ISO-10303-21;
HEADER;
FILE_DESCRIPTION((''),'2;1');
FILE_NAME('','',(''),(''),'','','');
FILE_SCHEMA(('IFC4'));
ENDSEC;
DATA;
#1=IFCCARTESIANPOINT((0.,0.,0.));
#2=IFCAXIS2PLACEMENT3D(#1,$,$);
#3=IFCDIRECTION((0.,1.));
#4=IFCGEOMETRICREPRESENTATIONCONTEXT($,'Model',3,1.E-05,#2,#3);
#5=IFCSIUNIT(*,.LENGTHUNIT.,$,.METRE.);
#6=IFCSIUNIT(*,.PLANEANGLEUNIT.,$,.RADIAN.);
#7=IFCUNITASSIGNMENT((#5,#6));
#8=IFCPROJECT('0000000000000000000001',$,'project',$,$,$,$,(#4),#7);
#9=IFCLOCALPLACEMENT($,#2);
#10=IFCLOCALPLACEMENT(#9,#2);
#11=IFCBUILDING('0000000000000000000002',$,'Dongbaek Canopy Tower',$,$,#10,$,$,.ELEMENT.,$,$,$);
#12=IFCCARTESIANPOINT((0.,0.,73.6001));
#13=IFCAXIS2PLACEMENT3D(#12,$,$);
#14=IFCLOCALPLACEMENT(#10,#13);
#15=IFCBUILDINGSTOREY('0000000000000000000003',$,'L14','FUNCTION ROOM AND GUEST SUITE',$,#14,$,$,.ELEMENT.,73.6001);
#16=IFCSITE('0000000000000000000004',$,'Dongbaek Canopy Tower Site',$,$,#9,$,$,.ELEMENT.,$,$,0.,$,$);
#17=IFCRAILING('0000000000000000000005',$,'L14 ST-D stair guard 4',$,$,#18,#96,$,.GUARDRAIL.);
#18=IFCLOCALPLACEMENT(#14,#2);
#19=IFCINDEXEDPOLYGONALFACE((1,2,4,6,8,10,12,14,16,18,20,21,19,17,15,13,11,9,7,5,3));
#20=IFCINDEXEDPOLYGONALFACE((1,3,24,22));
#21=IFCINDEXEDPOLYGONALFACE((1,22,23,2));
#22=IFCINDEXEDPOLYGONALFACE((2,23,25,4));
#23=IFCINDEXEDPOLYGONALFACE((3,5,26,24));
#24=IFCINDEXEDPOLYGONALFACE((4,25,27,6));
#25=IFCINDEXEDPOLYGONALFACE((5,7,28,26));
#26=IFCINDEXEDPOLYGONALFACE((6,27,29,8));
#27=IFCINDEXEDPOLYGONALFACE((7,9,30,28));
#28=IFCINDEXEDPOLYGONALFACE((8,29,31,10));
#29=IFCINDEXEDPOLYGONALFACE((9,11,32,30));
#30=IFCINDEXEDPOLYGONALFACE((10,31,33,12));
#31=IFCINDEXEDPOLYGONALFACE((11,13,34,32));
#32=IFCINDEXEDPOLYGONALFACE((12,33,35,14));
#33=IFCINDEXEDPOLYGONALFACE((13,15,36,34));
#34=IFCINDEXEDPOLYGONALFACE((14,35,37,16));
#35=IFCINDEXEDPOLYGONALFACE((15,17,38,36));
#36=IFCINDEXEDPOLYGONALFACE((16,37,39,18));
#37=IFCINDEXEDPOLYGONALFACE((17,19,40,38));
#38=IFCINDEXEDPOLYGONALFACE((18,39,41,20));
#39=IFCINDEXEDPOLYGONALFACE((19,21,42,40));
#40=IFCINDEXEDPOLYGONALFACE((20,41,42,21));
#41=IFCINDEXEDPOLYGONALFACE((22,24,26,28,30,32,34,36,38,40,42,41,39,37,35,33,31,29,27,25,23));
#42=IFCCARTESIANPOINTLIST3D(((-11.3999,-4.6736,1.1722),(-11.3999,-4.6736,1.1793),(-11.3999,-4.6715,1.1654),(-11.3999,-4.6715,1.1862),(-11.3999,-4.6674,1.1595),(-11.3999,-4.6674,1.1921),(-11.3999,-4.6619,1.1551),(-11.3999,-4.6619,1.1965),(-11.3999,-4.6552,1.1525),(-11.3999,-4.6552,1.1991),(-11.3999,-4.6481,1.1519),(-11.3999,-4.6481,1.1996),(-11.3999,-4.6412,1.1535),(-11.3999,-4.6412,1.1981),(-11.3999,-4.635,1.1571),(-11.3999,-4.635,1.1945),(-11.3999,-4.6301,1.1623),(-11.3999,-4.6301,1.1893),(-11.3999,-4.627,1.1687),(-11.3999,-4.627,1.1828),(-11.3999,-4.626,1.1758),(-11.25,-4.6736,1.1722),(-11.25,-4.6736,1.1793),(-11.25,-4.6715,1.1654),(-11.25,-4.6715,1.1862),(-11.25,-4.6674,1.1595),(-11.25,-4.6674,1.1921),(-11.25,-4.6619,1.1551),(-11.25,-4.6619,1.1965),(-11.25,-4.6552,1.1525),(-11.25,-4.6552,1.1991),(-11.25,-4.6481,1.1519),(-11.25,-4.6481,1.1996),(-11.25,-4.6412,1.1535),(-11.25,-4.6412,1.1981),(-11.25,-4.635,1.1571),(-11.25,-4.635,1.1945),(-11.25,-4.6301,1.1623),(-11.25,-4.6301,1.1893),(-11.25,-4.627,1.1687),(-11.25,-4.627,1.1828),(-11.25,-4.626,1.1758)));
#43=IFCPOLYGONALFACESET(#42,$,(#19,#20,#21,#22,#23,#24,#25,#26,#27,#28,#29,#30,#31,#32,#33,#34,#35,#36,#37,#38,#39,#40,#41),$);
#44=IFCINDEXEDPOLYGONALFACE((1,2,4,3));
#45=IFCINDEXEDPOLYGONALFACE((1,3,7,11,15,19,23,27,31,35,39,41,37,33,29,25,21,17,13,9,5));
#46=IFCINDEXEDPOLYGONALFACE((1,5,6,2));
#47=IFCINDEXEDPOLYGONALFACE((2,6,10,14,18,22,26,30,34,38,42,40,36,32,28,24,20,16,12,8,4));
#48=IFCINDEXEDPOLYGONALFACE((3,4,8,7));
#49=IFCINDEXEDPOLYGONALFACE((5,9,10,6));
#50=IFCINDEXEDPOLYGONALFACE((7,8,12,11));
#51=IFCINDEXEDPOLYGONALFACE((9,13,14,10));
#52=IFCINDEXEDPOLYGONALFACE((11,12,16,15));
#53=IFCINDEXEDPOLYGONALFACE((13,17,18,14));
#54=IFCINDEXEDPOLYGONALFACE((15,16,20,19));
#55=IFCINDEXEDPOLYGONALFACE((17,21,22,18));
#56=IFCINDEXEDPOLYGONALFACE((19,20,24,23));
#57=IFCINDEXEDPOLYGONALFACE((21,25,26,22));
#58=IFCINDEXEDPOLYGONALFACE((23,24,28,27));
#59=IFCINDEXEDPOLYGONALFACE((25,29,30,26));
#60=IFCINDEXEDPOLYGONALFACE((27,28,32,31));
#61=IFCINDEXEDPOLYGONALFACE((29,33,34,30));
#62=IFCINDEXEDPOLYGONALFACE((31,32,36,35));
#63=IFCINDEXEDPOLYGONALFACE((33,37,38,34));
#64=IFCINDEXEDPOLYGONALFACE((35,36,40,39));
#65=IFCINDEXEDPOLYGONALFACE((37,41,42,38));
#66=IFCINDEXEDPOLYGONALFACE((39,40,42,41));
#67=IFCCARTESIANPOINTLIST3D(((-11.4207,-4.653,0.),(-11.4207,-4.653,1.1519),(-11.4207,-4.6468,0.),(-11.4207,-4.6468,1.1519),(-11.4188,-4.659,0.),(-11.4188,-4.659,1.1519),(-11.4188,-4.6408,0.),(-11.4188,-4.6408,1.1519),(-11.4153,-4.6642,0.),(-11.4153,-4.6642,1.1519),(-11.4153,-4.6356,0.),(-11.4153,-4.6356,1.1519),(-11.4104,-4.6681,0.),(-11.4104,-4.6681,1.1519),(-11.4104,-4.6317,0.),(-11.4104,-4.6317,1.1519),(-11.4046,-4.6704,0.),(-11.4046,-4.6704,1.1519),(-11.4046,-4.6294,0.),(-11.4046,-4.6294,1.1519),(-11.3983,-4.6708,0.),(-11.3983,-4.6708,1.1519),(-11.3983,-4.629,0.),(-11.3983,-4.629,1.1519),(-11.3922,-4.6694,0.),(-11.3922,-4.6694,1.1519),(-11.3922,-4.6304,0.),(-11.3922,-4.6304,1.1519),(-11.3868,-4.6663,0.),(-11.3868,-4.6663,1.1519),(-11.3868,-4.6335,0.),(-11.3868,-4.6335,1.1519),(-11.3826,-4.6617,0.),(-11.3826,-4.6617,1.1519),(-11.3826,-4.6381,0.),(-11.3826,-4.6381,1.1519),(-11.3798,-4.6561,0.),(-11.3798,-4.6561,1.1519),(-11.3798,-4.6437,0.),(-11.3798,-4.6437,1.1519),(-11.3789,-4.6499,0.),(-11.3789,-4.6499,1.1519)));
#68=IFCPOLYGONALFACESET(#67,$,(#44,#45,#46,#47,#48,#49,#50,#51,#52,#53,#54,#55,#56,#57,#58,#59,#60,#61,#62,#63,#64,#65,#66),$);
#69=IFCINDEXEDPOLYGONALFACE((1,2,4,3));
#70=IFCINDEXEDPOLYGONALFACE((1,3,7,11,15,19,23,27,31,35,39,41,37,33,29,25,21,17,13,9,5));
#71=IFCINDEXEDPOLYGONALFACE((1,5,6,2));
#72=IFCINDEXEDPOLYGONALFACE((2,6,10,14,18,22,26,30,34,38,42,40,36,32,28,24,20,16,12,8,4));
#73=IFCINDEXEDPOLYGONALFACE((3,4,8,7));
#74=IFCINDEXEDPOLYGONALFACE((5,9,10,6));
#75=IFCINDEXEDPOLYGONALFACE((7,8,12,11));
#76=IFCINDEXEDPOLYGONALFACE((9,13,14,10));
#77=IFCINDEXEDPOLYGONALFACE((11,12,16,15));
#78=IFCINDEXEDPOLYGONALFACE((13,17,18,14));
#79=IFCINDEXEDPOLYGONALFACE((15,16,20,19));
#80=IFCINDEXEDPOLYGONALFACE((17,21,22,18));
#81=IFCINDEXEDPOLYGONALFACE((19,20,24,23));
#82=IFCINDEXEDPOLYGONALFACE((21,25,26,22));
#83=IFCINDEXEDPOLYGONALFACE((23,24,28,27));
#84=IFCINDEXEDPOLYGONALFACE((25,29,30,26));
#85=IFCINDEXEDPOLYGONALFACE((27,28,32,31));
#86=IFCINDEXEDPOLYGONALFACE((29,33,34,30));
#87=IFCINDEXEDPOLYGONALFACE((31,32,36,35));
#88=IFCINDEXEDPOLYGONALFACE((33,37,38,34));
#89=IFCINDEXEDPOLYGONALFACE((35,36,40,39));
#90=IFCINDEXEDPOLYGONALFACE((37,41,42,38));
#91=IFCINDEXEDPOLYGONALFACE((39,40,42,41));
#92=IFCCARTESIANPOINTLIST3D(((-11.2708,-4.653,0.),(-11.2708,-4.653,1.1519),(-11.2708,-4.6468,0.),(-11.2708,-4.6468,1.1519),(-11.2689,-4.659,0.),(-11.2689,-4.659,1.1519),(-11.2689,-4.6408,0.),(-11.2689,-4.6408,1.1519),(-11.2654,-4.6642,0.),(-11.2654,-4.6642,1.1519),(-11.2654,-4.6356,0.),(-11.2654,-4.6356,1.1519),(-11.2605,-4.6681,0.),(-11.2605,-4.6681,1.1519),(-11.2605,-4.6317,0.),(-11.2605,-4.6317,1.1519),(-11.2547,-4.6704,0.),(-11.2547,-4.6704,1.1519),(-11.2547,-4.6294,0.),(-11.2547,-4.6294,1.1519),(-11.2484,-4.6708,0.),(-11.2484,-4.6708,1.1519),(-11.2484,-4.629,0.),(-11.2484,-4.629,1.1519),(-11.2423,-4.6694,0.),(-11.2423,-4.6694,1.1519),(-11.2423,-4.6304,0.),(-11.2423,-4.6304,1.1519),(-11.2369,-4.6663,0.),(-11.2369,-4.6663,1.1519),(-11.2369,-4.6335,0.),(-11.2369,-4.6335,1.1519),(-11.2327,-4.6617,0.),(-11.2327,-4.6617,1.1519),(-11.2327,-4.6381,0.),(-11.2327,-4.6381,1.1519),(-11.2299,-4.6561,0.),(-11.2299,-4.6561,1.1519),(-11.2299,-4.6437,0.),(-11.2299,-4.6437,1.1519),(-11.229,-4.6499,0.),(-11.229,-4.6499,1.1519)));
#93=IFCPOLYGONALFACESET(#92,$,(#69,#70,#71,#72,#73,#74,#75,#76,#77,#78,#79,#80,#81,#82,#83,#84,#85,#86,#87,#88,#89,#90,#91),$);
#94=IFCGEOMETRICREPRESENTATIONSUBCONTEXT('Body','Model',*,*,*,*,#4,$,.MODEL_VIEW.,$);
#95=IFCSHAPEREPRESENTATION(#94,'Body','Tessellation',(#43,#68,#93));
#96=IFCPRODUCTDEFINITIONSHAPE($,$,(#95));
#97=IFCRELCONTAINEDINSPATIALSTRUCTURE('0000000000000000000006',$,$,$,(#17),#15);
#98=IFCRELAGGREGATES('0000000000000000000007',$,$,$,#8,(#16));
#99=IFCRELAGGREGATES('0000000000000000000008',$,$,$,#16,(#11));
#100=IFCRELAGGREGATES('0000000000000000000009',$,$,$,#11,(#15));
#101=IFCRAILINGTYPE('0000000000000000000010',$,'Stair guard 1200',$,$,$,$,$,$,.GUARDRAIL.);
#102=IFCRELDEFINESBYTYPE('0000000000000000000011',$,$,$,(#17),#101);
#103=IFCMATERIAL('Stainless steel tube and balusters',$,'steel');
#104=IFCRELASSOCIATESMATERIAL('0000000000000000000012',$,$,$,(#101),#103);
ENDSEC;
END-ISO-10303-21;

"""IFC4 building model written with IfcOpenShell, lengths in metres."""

from ifc_helpers import new_model, si_unit, direction, frame, origin, origin_2d, place, context, subcontext, project, spatial, circle, extrude, material, type_object, element, save


model = new_model("IFC4")

# Units and contexts
model_context = context("Model", 3, precision=1e-05, world=origin(), true_north=direction((0.0, 1.0)))
body_context = subcontext(model_context, "Body", "Model", "MODEL_VIEW")
ifc_project = project(units=[si_unit("LENGTHUNIT", "METRE"), si_unit("PLANEANGLEUNIT", "RADIAN")], contexts=[model_context])

# Site, building, storey
site_placement = place(None, origin())
site = spatial("IfcSite", under=ifc_project, at=site_placement, Name="Dongbaek Canopy Tower Site", CompositionType="ELEMENT", RefElevation=0.0)
building_placement = place(site_placement, origin())
building = spatial("IfcBuilding", under=site, at=building_placement, Name="Dongbaek Canopy Tower", CompositionType="ELEMENT")
storey_placement = place(building_placement, frame((0.0, 0.0, 73.6001)))
storey = spatial("IfcBuildingStorey", under=building, at=storey_placement, Name="L14", Description="FUNCTION ROOM AND GUEST SUITE", CompositionType="ELEMENT", Elevation=73.6001)

# Railing
ifc_material_1 = material(Name="Stainless steel tube and balusters", Category="steel")
railing_type_1 = type_object("IfcRailingType", Name="Stair guard 1200", PredefinedType="GUARDRAIL", material=ifc_material_1)
railing_1_placement = place(storey_placement, frame((-11.3999, -4.6499, 0.0)))
element("IfcRailing", 1, at=railing_1_placement, inside=storey, type_object=railing_type_1, Name="L14 ST-D stair guard 4", PredefinedType="GUARDRAIL", context=body_context, shape_type="SweptSolid", body=[
    extrude(circle(Radius=0.0239, at=origin_2d()), frame((0.0, 0.0, 1.1758), z_axis=(1.0, 0.0, 0.0), x_axis=(0.0, 1.0, 0.0)), (0.0, 0.0, 1.0), 0.1499),
    extrude(circle(Radius=0.021, at=origin_2d()), origin(), (0.0, 0.0, 1.0), 1.1519),
    extrude(circle(Radius=0.021, at=origin_2d()), frame((0.1499, 0.0, 0.0)), (0.0, 0.0, 1.0), 1.1519),
])

save(model, "model.ifc")
